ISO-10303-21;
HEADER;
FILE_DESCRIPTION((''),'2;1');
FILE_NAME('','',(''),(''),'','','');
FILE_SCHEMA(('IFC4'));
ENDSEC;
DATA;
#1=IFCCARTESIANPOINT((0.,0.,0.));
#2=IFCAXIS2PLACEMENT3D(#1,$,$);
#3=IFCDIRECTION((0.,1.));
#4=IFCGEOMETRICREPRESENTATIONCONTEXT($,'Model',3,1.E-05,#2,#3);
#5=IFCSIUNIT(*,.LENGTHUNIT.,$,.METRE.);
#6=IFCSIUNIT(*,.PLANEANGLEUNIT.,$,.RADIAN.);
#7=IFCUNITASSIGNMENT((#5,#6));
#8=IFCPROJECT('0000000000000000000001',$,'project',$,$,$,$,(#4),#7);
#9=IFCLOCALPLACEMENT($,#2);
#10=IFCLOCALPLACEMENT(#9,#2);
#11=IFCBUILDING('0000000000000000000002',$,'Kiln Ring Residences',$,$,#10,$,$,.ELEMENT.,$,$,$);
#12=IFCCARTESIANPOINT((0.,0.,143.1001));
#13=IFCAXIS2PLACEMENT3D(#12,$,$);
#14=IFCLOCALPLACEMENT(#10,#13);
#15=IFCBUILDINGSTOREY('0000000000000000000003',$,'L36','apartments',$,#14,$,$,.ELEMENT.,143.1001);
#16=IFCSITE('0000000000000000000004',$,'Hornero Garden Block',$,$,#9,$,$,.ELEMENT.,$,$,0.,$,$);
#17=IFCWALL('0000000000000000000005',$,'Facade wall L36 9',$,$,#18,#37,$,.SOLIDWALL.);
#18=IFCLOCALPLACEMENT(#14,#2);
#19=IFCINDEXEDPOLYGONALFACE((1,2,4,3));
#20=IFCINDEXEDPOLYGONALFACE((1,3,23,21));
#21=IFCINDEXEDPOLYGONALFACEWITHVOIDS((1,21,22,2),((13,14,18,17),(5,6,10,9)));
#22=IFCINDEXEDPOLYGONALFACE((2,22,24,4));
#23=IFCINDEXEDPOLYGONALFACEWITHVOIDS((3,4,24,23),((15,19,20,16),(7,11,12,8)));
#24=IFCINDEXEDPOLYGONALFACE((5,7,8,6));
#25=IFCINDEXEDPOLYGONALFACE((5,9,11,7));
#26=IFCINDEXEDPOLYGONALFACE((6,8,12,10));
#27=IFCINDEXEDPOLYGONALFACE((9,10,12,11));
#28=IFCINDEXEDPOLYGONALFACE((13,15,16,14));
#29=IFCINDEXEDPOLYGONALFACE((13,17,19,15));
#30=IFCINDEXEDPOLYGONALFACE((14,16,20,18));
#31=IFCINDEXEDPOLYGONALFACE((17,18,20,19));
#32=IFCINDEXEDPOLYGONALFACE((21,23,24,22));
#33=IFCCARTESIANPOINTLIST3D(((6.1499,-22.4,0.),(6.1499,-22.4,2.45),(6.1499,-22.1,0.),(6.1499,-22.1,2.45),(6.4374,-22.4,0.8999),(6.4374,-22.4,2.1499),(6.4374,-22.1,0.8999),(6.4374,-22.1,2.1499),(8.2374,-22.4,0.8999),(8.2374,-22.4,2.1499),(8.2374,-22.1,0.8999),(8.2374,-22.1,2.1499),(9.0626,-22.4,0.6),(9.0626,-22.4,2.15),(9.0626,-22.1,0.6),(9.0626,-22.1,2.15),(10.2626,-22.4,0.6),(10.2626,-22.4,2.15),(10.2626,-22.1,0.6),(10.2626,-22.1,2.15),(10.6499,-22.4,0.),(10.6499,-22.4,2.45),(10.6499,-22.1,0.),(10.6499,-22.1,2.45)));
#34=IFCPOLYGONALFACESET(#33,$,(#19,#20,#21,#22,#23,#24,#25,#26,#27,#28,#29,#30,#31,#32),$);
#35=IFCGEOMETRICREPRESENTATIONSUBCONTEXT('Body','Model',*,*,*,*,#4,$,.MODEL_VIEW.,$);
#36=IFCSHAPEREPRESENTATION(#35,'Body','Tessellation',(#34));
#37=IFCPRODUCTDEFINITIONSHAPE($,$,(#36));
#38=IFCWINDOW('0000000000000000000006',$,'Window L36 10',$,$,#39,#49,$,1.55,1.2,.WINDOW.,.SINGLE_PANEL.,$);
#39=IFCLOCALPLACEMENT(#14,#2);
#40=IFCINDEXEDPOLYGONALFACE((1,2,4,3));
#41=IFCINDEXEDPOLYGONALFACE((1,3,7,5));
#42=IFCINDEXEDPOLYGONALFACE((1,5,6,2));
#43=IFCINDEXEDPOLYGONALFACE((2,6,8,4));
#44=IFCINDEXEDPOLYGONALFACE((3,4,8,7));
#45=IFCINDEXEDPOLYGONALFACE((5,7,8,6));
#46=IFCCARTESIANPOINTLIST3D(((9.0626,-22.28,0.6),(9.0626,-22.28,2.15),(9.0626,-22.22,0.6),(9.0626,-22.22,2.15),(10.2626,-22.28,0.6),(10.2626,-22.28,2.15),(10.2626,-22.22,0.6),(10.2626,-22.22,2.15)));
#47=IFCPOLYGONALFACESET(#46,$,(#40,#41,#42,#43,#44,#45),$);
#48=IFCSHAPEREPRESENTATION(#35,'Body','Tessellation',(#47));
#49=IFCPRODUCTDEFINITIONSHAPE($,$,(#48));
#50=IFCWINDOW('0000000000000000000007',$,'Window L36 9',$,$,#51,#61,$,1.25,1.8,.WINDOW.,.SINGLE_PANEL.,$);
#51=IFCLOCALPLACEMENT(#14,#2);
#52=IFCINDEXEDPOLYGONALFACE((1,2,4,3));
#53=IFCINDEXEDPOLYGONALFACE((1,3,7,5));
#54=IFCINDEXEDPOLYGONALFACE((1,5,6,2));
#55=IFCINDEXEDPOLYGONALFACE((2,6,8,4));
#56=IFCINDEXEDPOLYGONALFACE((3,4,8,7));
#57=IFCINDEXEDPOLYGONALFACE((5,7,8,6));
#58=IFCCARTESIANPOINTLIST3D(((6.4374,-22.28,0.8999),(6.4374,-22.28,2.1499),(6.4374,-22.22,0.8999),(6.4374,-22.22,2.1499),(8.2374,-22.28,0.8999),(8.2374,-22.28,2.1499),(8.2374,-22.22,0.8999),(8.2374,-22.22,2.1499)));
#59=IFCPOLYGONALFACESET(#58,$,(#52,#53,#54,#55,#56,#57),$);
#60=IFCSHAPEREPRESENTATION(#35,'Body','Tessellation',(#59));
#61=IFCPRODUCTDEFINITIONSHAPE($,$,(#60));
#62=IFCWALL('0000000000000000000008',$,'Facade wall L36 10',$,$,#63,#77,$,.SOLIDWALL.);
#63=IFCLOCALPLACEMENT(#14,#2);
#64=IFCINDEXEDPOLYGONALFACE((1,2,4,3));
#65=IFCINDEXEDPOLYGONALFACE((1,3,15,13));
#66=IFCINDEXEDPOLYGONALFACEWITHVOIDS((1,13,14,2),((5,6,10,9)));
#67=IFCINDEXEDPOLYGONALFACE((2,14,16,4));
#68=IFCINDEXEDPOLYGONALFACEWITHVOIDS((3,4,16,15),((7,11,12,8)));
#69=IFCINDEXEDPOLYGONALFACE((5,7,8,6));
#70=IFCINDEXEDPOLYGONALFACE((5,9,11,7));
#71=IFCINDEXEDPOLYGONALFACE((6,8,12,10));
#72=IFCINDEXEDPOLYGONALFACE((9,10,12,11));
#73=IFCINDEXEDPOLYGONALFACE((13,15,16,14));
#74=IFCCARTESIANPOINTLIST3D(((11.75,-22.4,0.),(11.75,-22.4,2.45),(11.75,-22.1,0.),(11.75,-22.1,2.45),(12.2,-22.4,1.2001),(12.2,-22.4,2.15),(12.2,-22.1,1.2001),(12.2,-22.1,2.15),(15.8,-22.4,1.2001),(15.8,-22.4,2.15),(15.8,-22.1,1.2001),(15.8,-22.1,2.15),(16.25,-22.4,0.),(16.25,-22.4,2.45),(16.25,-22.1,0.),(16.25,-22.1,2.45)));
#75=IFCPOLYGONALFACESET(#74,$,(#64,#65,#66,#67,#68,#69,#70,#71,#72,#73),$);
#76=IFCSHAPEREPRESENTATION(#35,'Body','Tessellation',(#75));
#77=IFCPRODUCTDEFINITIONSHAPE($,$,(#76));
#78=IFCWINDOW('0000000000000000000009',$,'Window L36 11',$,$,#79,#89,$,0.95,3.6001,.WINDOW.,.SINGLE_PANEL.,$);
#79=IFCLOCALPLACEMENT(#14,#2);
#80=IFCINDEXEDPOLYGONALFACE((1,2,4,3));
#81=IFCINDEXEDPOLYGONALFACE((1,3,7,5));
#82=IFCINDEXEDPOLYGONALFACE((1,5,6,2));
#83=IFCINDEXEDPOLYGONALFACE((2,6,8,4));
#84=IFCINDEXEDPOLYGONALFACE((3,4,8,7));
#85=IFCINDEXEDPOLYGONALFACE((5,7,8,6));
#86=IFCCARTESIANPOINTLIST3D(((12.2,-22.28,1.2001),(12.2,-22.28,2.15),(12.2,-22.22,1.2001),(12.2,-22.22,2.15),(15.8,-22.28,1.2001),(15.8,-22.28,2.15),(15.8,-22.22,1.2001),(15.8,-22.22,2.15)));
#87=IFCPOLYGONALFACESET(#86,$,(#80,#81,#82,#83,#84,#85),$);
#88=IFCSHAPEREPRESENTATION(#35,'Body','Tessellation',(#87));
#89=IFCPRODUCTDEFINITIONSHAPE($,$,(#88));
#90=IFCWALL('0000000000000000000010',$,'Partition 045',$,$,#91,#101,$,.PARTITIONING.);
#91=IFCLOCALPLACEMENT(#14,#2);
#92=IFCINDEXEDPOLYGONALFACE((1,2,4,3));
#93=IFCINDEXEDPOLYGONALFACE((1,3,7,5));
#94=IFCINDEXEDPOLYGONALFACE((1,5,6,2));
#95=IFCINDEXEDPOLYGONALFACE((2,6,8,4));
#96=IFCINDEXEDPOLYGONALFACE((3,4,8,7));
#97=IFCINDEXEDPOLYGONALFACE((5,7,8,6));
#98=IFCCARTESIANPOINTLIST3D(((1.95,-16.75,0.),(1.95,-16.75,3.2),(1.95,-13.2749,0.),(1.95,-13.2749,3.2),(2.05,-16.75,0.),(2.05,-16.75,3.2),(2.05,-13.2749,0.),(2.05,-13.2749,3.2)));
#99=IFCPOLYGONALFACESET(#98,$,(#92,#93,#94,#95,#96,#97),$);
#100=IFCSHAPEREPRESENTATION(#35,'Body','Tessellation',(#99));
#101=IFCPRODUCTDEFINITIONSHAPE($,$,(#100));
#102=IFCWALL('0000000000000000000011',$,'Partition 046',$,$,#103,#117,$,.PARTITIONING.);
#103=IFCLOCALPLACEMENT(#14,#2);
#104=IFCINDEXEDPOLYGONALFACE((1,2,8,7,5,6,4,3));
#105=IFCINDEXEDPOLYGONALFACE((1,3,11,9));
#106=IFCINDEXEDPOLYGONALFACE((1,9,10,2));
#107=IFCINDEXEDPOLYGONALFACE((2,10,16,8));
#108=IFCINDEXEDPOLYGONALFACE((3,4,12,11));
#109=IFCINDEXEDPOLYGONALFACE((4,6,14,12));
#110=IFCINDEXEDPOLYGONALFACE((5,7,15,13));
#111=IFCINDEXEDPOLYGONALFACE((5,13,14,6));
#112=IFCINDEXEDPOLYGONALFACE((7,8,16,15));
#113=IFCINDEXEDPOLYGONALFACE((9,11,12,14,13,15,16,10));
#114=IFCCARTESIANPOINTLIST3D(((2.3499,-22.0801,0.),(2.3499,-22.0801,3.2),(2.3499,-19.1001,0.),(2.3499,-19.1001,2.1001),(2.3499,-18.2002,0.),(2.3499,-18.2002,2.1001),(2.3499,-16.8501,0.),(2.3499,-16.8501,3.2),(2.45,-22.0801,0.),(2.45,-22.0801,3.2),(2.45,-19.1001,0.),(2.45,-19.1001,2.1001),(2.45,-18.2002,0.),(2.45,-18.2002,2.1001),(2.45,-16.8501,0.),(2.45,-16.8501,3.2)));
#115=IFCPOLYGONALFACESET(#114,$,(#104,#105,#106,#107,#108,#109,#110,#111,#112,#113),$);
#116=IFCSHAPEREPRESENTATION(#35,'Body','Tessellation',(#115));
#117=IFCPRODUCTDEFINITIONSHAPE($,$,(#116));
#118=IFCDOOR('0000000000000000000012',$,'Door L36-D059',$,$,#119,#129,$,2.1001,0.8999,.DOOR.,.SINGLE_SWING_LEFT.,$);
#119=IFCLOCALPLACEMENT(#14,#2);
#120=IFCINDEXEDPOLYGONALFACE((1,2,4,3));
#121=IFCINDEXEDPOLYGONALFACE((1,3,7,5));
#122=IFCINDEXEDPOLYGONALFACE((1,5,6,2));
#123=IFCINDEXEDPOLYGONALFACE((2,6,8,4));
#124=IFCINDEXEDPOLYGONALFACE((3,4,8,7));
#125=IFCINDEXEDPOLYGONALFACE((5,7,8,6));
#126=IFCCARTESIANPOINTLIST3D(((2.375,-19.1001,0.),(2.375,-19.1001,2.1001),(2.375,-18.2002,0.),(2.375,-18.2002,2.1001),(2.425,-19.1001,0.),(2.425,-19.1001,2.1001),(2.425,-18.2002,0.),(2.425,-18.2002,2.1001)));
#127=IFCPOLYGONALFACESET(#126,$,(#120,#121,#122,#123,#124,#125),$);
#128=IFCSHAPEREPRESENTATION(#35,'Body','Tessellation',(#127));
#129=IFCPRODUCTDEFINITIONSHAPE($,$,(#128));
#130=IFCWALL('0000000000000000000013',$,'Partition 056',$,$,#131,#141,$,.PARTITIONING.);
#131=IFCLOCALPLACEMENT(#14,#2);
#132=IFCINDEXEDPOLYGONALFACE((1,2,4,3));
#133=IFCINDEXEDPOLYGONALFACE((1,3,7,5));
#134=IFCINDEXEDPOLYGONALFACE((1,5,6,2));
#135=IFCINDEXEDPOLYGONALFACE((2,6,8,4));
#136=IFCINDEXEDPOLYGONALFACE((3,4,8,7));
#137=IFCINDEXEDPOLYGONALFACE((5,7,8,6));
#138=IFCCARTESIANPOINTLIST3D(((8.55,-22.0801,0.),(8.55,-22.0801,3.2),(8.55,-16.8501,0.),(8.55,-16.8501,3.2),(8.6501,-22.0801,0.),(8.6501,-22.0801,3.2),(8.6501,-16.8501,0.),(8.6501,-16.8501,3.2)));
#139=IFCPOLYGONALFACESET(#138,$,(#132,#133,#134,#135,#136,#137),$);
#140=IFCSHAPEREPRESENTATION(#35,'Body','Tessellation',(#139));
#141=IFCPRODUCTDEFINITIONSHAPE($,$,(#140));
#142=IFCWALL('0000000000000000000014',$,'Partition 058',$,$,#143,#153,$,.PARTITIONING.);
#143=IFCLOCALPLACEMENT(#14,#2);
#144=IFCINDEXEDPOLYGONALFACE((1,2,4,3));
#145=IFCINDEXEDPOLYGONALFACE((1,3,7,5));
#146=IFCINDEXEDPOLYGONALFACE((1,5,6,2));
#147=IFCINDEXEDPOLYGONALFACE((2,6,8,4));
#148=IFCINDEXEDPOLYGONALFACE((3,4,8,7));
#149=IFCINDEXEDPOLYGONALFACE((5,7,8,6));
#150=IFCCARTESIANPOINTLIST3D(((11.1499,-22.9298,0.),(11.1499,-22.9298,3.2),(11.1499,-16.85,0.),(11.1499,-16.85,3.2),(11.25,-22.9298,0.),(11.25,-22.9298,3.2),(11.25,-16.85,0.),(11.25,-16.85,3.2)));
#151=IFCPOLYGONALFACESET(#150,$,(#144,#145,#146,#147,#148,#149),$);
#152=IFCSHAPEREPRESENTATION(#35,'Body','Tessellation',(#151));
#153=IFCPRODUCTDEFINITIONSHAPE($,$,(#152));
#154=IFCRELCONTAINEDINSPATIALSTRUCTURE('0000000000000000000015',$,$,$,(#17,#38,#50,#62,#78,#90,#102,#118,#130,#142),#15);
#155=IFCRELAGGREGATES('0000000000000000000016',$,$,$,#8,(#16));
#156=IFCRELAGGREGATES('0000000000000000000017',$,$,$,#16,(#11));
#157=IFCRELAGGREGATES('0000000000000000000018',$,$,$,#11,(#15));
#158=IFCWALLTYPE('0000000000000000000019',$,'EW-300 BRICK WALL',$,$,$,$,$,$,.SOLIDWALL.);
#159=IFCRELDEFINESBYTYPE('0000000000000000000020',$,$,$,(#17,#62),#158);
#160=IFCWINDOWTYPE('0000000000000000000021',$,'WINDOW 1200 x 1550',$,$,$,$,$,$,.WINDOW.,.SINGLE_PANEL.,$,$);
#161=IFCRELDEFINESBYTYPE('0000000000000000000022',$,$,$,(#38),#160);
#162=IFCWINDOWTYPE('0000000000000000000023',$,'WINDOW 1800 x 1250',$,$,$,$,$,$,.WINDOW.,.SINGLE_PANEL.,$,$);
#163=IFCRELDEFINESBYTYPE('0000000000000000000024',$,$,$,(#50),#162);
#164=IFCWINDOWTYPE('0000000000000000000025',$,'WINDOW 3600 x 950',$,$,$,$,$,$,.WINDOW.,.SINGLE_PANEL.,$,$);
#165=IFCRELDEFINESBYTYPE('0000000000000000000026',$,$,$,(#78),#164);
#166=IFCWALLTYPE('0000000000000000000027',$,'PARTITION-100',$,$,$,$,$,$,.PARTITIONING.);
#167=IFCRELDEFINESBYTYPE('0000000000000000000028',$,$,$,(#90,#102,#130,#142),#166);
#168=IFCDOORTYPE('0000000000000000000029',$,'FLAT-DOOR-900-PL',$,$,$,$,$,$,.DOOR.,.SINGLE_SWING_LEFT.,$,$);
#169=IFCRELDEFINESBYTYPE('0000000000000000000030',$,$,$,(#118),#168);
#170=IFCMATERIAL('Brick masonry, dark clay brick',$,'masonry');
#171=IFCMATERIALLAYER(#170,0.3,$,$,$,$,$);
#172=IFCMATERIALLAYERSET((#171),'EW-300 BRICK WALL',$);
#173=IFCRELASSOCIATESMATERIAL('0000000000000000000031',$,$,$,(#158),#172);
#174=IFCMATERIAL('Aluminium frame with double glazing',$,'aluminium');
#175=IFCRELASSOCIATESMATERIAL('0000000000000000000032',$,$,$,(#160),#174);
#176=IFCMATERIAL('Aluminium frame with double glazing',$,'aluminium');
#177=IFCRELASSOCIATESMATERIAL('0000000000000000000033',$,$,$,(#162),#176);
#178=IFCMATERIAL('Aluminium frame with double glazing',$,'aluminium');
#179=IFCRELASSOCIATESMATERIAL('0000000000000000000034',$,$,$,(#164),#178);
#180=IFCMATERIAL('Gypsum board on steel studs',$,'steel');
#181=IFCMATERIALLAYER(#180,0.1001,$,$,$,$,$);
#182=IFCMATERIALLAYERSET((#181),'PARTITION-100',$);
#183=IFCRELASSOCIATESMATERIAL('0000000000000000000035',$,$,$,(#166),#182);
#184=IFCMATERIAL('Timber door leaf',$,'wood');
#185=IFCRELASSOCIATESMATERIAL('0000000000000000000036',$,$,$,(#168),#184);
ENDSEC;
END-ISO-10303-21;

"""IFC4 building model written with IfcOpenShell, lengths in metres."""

from ifc_helpers import new_model, si_unit, direction, frame, frame_2d, origin, place, context, subcontext, project, spatial, rectangle, extrude, material, layer, layer_set, type_object, element, fill, save


model = new_model("IFC4")

# Units and contexts
model_context = context("Model", 3, precision=1e-05, world=origin(), true_north=direction((0.0, 1.0)))
body_context = subcontext(model_context, "Body", "Model", "MODEL_VIEW")
ifc_project = project(units=[si_unit("LENGTHUNIT", "METRE"), si_unit("PLANEANGLEUNIT", "RADIAN")], contexts=[model_context])

# Site, building, storey
site_placement = place(None, origin())
site = spatial("IfcSite", under=ifc_project, at=site_placement, Name="Hornero Garden Block", CompositionType="ELEMENT", RefElevation=0.0)
building_placement = place(site_placement, origin())
building = spatial("IfcBuilding", under=site, at=building_placement, Name="Kiln Ring Residences", CompositionType="ELEMENT")
storey_placement = place(building_placement, frame((0.0, 0.0, 143.1001)))
storey = spatial("IfcBuildingStorey", under=building, at=storey_placement, Name="L36", Description="apartments", CompositionType="ELEMENT", Elevation=143.1001)

# Wall, openings, windows
ifc_material_1 = material(Name="Brick masonry, dark clay brick", Category="masonry")
ifc_layer_1 = layer(ifc_material_1, 0.3)
ifc_layer_set_1 = layer_set([ifc_layer_1], Name="EW-300 BRICK WALL")
wall_type_1 = type_object("IfcWallType", Name="EW-300 BRICK WALL", PredefinedType="SOLIDWALL", material=ifc_layer_set_1)
ifc_material_2 = material(Name="Aluminium frame with double glazing", Category="aluminium")
window_type_1 = type_object("IfcWindowType", Name="WINDOW 1200 x 1550", PartitioningType="SINGLE_PANEL", PredefinedType="WINDOW", material=ifc_material_2)
ifc_material_3 = material(Name="Aluminium frame with double glazing", Category="aluminium")
window_type_2 = type_object("IfcWindowType", Name="WINDOW 1800 x 1250", PartitioningType="SINGLE_PANEL", PredefinedType="WINDOW", material=ifc_material_3)
wall_1_placement = place(storey_placement, frame((6.1499, -22.25, 0.0), z_axis=(0.0, 0.0, 1.0), x_axis=(1.0, 0.0, 0.0)))
wall_1 = element("IfcWall", 1, at=wall_1_placement, inside=storey, type_object=wall_type_1, Name="Facade wall L36 9", PredefinedType="SOLIDWALL", context=body_context, shape_type="SweptSolid", body=[
    extrude(rectangle(XDim=4.5, YDim=0.3, at=frame_2d((2.25, 0.0))), origin(), (0.0, 0.0, 1.0), 2.45),
])
opening_1_placement = place(wall_1_placement, frame((0.2876, 0.0, 0.8999)))
opening_1 = element("IfcOpeningElement", 2, at=opening_1_placement, cuts=wall_1, PredefinedType="OPENING", context=body_context, shape_type="SweptSolid", body=[
    extrude(rectangle(XDim=1.8, YDim=1.25, at=frame_2d((0.8999, 0.625))), frame((0.0, 0.1599, 0.0), z_axis=(0.0, -1.0, 0.0), x_axis=(1.0, 0.0, 0.0)), (0.0, 0.0, 1.0), 0.3201),
])
opening_2_placement = place(wall_1_placement, frame((2.9126, 0.0, 0.6001)))
opening_2 = element("IfcOpeningElement", 3, at=opening_2_placement, cuts=wall_1, PredefinedType="OPENING", context=body_context, shape_type="SweptSolid", body=[
    extrude(rectangle(XDim=1.2, YDim=1.55, at=frame_2d((0.6001, 0.7749))), frame((0.0, 0.1599, 0.0), z_axis=(0.0, -1.0, 0.0), x_axis=(1.0, 0.0, 0.0)), (0.0, 0.0, 1.0), 0.3201),
])
window_1_placement = place(opening_2_placement, origin())
window_1 = element("IfcWindow", 4, at=window_1_placement, inside=storey, type_object=window_type_1, Name="Window L36 10", OverallHeight=1.55, OverallWidth=1.2, PartitioningType="SINGLE_PANEL", PredefinedType="WINDOW", context=body_context, shape_type="SweptSolid", body=[
    extrude(rectangle(XDim=1.2, YDim=1.55, at=frame_2d((0.6001, 0.7749))), frame((0.0, 0.03, 0.0), z_axis=(0.0, -1.0, 0.0), x_axis=(1.0, 0.0, 0.0)), (0.0, 0.0, 1.0), 0.0601),
])
fill(opening_2, window_1)
window_2_placement = place(opening_1_placement, origin())
window_2 = element("IfcWindow", 5, at=window_2_placement, inside=storey, type_object=window_type_2, Name="Window L36 9", OverallHeight=1.25, OverallWidth=1.8, PartitioningType="SINGLE_PANEL", PredefinedType="WINDOW", context=body_context, shape_type="SweptSolid", body=[
    extrude(rectangle(XDim=1.8, YDim=1.25, at=frame_2d((0.8999, 0.625))), frame((0.0, 0.03, 0.0), z_axis=(0.0, -1.0, 0.0), x_axis=(1.0, 0.0, 0.0)), (0.0, 0.0, 1.0), 0.0601),
])
fill(opening_1, window_2)

# Wall, opening, window
wall_2_placement = place(storey_placement, frame((11.75, -22.25, 0.0), z_axis=(0.0, 0.0, 1.0), x_axis=(1.0, 0.0, 0.0)))
wall_2 = element("IfcWall", 6, at=wall_2_placement, inside=storey, type_object=wall_type_1, Name="Facade wall L36 10", PredefinedType="SOLIDWALL", context=body_context, shape_type="SweptSolid", body=[
    extrude(rectangle(XDim=4.5, YDim=0.3, at=frame_2d((2.25, 0.0))), origin(), (0.0, 0.0, 1.0), 2.45),
])
opening_3_placement = place(wall_2_placement, frame((0.45, 0.0, 1.2)))
opening_3 = element("IfcOpeningElement", 7, at=opening_3_placement, cuts=wall_2, PredefinedType="OPENING", context=body_context, shape_type="SweptSolid", body=[
    extrude(rectangle(XDim=3.6001, YDim=0.95, at=frame_2d((1.8, 0.4751))), frame((0.0, 0.1599, 0.0), z_axis=(0.0, -1.0, 0.0), x_axis=(1.0, 0.0, 0.0)), (0.0, 0.0, 1.0), 0.3201),
])
ifc_material_4 = material(Name="Aluminium frame with double glazing", Category="aluminium")
window_type_3 = type_object("IfcWindowType", Name="WINDOW 3600 x 950", PartitioningType="SINGLE_PANEL", PredefinedType="WINDOW", material=ifc_material_4)
window_3_placement = place(opening_3_placement, origin())
window_3 = element("IfcWindow", 8, at=window_3_placement, inside=storey, type_object=window_type_3, Name="Window L36 11", OverallHeight=0.95, OverallWidth=3.6001, PartitioningType="SINGLE_PANEL", PredefinedType="WINDOW", context=body_context, shape_type="SweptSolid", body=[
    extrude(rectangle(XDim=3.6001, YDim=0.95, at=frame_2d((1.8, 0.4751))), frame((0.0, 0.03, 0.0), z_axis=(0.0, -1.0, 0.0), x_axis=(1.0, 0.0, 0.0)), (0.0, 0.0, 1.0), 0.0601),
])
fill(opening_3, window_3)

# Wall
ifc_material_5 = material(Name="Gypsum board on steel studs", Category="steel")
ifc_layer_2 = layer(ifc_material_5, 0.1001)
ifc_layer_set_2 = layer_set([ifc_layer_2], Name="PARTITION-100")
wall_type_2 = type_object("IfcWallType", Name="PARTITION-100", PredefinedType="PARTITIONING", material=ifc_layer_set_2)
wall_3_placement = place(storey_placement, frame((2.0, -16.75, 0.0), z_axis=(0.0, 0.0, 1.0), x_axis=(0.0, 1.0, 0.0)))
element("IfcWall", 9, at=wall_3_placement, inside=storey, type_object=wall_type_2, Name="Partition 045", PredefinedType="PARTITIONING", context=body_context, shape_type="SweptSolid", body=[
    extrude(rectangle(XDim=3.4751, YDim=0.1001, at=frame_2d((1.7375, 0.0))), origin(), (0.0, 0.0, 1.0), 3.2),
])

# Wall, opening, door
wall_4_placement = place(storey_placement, frame((2.3999, -22.0801, 0.0), z_axis=(0.0, 0.0, 1.0), x_axis=(0.0, 1.0, 0.0)))
wall_4 = element("IfcWall", 10, at=wall_4_placement, inside=storey, type_object=wall_type_2, Name="Partition 046", PredefinedType="PARTITIONING", context=body_context, shape_type="SweptSolid", body=[
    extrude(rectangle(XDim=5.23, YDim=0.1001, at=frame_2d((2.615, 0.0))), origin(), (0.0, 0.0, 1.0), 3.2),
])
opening_4_placement = place(wall_4_placement, frame((2.98, 0.0, 0.0)))
opening_4 = element("IfcOpeningElement", 11, at=opening_4_placement, cuts=wall_4, PredefinedType="OPENING", context=body_context, shape_type="SweptSolid", body=[
    extrude(rectangle(XDim=0.8999, YDim=2.1001, at=frame_2d((0.45, 1.05))), frame((0.0, 0.0601, 0.0), z_axis=(0.0, -1.0, 0.0), x_axis=(1.0, 0.0, 0.0)), (0.0, 0.0, 1.0), 0.1201),
])
ifc_material_6 = material(Name="Timber door leaf", Category="wood")
door_type = type_object("IfcDoorType", Name="FLAT-DOOR-900-PL", OperationType="SINGLE_SWING_LEFT", PredefinedType="DOOR", material=ifc_material_6)
door_1_placement = place(opening_4_placement, origin())
door_1 = element("IfcDoor", 12, at=door_1_placement, inside=storey, type_object=door_type, Name="Door L36-D059", OperationType="SINGLE_SWING_LEFT", OverallHeight=2.1001, OverallWidth=0.8999, PredefinedType="DOOR", context=body_context, shape_type="SweptSolid", body=[
    extrude(rectangle(XDim=0.8999, YDim=2.1001, at=frame_2d((0.45, 1.05))), frame((0.0, 0.0249, 0.0), z_axis=(0.0, -1.0, 0.0), x_axis=(1.0, 0.0, 0.0)), (0.0, 0.0, 1.0), 0.05),
])
fill(opening_4, door_1)

# Walls
wall_5_placement = place(storey_placement, frame((8.6001, -22.0801, 0.0), z_axis=(0.0, 0.0, 1.0), x_axis=(0.0, 1.0, 0.0)))
element("IfcWall", 13, at=wall_5_placement, inside=storey, type_object=wall_type_2, Name="Partition 056", PredefinedType="PARTITIONING", context=body_context, shape_type="SweptSolid", body=[
    extrude(rectangle(XDim=5.23, YDim=0.1001, at=frame_2d((2.615, 0.0))), origin(), (0.0, 0.0, 1.0), 3.2),
])
wall_6_placement = place(storey_placement, frame((11.2, -22.9299, 0.0), z_axis=(0.0, 0.0, 1.0), x_axis=(0.0, 1.0, 0.0)))
element("IfcWall", 14, at=wall_6_placement, inside=storey, type_object=wall_type_2, Name="Partition 058", PredefinedType="PARTITIONING", context=body_context, shape_type="SweptSolid", body=[
    extrude(rectangle(XDim=6.0798, YDim=0.1001, at=frame_2d((3.04, 0.0))), origin(), (0.0, 0.0, 1.0), 3.2),
])

save(model, "model.ifc")
